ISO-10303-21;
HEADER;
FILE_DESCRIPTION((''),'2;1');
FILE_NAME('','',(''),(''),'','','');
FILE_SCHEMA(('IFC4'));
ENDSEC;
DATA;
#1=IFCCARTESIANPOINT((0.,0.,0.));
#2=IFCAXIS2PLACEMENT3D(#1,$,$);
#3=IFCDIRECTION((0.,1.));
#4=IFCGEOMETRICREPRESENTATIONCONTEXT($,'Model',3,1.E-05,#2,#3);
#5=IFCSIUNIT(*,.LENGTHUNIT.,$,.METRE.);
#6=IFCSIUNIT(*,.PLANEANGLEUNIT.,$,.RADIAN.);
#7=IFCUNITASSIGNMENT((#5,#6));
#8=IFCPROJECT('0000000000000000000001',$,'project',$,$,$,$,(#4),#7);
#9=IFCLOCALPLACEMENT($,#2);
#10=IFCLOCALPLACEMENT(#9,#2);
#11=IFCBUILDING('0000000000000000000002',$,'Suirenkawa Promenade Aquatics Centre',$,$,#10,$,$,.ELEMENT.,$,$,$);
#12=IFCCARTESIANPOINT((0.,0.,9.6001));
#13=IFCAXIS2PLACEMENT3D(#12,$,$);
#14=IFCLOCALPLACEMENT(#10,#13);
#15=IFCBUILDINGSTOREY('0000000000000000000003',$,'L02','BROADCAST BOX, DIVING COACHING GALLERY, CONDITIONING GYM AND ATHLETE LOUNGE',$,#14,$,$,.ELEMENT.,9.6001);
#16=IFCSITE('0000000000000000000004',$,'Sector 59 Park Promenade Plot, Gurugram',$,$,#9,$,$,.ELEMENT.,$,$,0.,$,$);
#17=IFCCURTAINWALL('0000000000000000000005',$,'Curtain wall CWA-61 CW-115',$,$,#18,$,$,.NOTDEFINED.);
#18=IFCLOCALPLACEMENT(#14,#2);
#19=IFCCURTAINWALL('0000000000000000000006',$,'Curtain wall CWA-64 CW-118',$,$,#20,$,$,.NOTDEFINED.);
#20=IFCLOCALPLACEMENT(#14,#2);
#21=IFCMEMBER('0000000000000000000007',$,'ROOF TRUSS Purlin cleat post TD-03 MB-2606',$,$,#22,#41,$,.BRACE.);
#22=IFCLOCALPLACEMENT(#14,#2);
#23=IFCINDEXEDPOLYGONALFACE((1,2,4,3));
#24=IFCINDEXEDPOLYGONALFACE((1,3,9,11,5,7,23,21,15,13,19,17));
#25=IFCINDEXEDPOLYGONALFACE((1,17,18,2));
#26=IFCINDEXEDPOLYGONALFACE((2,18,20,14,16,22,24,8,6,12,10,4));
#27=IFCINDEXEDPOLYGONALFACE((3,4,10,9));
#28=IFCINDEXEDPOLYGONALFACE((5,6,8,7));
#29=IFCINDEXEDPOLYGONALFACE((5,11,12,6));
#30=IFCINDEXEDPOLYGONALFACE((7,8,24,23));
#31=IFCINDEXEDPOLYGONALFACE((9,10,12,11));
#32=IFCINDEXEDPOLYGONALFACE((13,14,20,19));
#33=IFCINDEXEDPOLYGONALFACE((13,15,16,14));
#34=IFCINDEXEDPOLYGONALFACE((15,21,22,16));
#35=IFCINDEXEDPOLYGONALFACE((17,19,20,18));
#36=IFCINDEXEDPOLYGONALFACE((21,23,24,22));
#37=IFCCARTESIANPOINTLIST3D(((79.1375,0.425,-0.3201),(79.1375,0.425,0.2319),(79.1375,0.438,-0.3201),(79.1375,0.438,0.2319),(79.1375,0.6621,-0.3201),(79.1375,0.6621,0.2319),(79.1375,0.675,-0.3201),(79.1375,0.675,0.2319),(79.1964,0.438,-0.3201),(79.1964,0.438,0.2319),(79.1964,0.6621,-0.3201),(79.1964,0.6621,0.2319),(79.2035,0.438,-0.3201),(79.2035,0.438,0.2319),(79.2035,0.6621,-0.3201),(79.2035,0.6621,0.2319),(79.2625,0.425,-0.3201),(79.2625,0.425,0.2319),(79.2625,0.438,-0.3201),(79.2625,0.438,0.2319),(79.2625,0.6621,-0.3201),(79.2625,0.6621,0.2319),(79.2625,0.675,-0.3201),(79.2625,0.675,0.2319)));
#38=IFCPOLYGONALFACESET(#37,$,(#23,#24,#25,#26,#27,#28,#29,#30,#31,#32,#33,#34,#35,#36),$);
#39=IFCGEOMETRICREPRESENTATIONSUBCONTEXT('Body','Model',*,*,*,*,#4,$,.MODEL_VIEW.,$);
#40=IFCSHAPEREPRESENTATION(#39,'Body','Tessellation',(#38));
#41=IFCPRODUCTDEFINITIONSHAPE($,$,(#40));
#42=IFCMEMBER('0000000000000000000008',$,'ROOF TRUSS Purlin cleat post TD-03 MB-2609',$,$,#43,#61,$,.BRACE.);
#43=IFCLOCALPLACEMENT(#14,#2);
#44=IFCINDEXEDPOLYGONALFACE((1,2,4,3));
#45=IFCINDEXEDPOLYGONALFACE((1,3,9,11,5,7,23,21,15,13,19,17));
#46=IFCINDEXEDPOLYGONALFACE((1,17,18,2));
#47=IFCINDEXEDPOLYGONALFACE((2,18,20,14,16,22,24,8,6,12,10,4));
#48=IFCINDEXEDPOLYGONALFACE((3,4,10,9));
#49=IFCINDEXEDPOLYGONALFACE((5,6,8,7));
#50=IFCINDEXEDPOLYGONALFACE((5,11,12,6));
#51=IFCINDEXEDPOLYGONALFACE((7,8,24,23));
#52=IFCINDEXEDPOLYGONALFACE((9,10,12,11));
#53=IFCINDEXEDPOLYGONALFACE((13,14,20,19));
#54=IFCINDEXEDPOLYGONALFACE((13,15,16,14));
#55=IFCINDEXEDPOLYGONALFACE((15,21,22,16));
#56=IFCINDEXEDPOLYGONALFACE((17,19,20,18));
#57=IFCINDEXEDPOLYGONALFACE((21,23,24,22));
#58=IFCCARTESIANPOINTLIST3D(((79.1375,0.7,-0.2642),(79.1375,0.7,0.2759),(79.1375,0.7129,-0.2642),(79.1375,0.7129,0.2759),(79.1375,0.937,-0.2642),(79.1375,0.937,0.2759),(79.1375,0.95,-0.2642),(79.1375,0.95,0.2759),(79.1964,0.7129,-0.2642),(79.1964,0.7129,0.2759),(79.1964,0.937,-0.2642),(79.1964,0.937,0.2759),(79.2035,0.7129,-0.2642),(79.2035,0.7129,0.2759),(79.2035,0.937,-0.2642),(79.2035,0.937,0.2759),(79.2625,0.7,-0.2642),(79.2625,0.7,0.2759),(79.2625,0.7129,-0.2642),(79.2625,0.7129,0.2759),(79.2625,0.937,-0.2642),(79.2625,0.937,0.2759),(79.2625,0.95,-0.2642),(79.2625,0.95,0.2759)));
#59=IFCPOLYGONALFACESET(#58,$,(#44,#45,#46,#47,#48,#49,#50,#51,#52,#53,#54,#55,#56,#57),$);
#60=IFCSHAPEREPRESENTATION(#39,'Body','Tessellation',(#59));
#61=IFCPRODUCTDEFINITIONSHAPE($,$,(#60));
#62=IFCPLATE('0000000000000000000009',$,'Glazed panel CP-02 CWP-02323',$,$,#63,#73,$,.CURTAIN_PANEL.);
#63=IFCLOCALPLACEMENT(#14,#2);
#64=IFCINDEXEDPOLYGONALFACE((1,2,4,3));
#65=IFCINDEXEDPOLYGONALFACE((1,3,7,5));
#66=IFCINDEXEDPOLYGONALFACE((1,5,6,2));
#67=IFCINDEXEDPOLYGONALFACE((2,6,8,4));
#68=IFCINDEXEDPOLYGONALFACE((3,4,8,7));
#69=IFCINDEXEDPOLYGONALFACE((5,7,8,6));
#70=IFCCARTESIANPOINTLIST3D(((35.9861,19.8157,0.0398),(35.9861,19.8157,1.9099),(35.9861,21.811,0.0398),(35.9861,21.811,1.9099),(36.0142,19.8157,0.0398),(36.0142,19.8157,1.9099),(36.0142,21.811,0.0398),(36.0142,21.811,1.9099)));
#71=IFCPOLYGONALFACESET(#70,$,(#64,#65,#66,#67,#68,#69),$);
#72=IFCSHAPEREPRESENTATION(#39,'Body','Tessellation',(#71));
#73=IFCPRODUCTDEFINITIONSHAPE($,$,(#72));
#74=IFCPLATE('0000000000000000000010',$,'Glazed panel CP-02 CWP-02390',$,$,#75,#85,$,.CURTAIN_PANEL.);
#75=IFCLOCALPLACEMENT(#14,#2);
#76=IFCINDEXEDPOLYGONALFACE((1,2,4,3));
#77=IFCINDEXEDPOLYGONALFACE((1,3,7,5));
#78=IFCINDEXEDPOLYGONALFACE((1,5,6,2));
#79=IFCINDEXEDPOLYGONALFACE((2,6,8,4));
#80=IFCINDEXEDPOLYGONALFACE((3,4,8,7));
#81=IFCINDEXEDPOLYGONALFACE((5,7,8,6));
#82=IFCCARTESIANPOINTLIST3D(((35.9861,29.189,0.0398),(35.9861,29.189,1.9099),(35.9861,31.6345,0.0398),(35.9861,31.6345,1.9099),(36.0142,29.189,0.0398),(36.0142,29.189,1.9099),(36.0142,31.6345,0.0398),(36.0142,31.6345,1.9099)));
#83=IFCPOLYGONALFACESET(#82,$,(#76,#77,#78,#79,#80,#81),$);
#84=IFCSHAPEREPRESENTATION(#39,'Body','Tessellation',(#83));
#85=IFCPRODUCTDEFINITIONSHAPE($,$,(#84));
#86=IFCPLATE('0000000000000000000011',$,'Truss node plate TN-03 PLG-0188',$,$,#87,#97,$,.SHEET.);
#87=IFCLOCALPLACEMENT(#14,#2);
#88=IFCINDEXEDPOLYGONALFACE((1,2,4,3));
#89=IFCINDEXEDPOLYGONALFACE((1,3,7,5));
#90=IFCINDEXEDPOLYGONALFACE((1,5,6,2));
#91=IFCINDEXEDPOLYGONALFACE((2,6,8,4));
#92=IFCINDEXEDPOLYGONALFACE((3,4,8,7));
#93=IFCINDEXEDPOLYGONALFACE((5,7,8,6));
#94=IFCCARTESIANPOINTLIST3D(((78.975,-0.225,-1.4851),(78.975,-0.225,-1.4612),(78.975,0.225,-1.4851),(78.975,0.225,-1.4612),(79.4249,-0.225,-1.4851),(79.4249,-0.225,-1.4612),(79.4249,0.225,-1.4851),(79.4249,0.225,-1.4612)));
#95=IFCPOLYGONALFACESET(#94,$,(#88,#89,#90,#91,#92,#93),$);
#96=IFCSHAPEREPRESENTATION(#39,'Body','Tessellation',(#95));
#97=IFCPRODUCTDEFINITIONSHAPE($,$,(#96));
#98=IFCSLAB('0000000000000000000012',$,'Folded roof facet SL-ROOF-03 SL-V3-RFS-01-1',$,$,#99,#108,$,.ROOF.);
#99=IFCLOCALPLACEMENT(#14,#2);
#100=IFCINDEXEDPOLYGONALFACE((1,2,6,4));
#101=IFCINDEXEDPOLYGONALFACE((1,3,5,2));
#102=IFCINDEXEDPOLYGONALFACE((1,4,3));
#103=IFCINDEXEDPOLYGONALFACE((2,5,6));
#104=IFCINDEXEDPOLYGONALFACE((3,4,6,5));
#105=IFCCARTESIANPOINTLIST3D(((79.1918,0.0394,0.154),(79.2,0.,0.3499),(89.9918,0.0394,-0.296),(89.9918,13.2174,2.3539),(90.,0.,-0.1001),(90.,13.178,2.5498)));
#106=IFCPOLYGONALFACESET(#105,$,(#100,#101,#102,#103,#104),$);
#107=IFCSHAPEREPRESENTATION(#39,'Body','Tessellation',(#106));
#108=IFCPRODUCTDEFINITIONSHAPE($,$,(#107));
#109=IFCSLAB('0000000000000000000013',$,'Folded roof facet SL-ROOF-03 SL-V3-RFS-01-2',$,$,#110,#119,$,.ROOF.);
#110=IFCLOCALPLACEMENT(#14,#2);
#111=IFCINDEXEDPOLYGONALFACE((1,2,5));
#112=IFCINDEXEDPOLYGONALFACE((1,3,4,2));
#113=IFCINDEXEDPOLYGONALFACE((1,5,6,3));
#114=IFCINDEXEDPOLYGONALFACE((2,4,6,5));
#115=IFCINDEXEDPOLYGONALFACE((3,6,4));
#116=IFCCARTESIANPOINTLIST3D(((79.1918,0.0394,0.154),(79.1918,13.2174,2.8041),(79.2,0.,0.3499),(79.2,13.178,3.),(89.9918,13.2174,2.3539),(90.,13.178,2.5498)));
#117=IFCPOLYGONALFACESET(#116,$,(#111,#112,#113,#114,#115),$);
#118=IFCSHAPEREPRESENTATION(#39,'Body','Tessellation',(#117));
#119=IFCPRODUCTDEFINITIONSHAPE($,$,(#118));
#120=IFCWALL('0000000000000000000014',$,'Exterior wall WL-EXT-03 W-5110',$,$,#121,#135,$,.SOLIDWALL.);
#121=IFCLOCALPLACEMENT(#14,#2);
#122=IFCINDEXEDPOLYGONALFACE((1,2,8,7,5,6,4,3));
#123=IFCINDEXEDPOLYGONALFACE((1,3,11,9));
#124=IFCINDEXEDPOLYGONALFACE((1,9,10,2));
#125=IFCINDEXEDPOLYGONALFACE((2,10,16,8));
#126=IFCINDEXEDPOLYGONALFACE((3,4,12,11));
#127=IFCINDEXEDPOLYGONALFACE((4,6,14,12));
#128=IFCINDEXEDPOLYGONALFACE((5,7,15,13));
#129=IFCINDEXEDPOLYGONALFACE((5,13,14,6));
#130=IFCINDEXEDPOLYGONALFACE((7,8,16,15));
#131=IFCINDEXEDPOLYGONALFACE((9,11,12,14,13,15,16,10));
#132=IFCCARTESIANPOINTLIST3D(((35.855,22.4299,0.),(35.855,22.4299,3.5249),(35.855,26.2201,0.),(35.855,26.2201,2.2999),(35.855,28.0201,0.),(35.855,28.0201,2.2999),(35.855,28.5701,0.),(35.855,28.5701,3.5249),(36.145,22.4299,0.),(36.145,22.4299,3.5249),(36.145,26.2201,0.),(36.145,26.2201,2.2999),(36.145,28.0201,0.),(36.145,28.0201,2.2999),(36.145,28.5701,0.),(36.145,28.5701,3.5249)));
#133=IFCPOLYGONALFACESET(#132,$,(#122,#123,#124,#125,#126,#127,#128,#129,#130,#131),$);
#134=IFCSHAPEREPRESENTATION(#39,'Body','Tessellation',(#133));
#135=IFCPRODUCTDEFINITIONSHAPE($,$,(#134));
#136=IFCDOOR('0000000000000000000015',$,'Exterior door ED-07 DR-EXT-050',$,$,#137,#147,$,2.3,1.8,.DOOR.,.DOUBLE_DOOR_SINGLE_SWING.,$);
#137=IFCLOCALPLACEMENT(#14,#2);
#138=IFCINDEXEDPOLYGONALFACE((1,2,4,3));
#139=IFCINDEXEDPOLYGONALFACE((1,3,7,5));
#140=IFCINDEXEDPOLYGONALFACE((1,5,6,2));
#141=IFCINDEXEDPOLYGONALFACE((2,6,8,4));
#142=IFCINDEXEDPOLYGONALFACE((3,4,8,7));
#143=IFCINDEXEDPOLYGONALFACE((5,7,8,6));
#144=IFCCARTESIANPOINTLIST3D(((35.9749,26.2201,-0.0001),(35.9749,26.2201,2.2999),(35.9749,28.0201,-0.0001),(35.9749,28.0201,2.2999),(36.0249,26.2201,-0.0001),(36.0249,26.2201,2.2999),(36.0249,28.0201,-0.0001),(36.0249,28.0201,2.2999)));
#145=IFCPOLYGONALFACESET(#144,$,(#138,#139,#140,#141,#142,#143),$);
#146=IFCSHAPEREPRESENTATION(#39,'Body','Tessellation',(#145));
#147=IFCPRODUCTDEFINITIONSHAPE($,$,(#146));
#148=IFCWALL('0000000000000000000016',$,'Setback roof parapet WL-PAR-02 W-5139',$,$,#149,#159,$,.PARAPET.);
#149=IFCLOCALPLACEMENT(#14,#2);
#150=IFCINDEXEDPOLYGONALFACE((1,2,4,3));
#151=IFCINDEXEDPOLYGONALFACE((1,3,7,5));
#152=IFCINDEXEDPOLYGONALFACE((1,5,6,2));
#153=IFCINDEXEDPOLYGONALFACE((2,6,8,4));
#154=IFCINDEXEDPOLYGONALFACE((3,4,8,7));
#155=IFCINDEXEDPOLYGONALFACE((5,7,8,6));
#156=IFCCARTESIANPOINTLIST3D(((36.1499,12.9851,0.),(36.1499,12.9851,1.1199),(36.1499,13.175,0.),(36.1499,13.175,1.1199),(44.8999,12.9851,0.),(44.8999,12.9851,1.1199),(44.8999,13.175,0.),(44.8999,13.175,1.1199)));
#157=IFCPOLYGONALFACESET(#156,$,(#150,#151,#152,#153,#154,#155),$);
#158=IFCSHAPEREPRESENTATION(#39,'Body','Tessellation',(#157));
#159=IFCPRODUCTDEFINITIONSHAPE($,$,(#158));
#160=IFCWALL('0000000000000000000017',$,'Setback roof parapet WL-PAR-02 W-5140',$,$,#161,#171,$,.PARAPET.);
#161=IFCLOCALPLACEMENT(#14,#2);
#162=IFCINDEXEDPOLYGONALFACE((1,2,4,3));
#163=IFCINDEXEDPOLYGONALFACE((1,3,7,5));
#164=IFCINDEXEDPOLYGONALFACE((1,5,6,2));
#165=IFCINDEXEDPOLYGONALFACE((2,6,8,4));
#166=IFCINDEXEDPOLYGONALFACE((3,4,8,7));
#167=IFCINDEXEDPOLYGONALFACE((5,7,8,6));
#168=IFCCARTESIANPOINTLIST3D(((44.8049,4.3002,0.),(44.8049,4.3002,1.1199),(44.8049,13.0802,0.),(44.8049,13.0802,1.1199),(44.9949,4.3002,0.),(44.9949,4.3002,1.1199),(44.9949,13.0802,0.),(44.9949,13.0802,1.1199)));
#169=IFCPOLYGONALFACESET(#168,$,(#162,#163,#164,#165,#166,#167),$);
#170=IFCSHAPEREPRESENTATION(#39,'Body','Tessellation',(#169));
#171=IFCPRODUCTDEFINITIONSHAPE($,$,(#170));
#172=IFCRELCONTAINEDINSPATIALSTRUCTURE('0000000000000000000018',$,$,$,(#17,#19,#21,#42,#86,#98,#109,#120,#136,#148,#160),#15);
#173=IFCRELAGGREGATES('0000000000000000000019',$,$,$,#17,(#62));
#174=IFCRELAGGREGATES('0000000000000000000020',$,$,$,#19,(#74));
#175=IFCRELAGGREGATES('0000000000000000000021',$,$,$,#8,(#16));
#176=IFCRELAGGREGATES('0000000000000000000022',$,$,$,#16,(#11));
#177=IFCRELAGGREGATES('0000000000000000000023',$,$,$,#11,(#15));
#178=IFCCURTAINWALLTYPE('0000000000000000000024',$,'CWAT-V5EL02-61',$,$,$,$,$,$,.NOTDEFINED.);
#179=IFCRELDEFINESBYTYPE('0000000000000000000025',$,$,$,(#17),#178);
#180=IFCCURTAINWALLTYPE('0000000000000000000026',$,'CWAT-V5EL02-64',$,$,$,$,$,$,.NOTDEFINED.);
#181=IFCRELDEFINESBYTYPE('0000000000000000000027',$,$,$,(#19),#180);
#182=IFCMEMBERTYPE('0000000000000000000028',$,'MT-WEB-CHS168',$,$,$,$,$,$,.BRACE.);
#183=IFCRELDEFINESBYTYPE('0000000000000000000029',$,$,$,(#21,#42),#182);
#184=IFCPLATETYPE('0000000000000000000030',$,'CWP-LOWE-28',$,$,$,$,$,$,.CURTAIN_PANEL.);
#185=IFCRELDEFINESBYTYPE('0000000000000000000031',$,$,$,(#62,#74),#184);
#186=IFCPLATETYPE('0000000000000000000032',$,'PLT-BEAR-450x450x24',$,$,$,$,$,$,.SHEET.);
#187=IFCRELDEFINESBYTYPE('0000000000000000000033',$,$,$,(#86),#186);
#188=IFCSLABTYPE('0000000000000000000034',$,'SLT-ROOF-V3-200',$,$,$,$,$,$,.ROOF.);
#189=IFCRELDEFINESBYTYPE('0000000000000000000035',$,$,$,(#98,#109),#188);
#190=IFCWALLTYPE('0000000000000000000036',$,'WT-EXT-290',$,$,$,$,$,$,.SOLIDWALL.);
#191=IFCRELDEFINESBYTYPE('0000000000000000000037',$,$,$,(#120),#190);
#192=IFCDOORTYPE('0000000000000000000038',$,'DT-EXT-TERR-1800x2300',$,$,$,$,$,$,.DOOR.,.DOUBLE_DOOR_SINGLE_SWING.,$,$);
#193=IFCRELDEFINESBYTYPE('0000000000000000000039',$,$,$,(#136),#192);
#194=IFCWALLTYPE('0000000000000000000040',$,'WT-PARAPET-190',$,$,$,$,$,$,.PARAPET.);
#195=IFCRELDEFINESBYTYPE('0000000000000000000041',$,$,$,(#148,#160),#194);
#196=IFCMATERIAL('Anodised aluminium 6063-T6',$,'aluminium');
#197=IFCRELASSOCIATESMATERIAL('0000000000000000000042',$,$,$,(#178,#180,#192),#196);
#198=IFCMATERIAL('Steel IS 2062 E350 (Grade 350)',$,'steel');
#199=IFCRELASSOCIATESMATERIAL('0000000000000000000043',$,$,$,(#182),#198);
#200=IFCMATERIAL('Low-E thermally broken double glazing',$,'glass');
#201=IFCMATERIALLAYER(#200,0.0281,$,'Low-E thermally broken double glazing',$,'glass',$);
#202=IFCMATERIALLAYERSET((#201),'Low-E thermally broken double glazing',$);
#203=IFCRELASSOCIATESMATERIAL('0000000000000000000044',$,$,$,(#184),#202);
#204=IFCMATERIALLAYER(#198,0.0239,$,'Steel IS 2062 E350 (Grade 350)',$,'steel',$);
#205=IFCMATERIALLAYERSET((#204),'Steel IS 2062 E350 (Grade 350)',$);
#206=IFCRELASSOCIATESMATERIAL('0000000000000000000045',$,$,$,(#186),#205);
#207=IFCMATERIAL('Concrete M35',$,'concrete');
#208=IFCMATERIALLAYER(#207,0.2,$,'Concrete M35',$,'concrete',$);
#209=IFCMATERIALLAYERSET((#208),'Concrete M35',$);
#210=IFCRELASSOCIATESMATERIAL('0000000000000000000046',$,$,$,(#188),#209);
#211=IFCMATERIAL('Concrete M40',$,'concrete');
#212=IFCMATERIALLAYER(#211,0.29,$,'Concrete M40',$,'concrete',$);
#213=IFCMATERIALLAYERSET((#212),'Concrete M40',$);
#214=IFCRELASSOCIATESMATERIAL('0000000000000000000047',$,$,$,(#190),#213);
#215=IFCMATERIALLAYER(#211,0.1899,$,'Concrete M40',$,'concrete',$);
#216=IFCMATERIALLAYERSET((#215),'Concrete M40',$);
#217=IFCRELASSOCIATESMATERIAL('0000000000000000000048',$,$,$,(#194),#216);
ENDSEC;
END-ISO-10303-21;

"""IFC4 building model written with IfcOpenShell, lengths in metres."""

from ifc_helpers import new_model, si_unit, direction, frame, frame_2d, origin, origin_2d, place, context, subcontext, project, spatial, polyline, rectangle, i_section, outline, extrude, material, layer, layer_set, material_profile, profile_set, type_object, element, fill, aggregate, save


model = new_model("IFC4")

# Units and contexts
model_context = context("Model", 3, precision=1e-05, world=origin(), true_north=direction((0.0, 1.0)))
body_context = subcontext(model_context, "Body", "Model", "MODEL_VIEW")
ifc_project = project(units=[si_unit("LENGTHUNIT", "METRE"), si_unit("PLANEANGLEUNIT", "RADIAN")], contexts=[model_context])

# Site, building, storey
site_placement = place(None, origin())
site = spatial("IfcSite", under=ifc_project, at=site_placement, Name="Sector 59 Park Promenade Plot, Gurugram", CompositionType="ELEMENT", RefElevation=0.0)
building_placement = place(site_placement, origin())
building = spatial("IfcBuilding", under=site, at=building_placement, Name="Suirenkawa Promenade Aquatics Centre", CompositionType="ELEMENT")
storey_placement = place(building_placement, frame((0.0, 0.0, 9.6001)))
storey = spatial("IfcBuildingStorey", under=building, at=storey_placement, Name="L02", Description="BROADCAST BOX, DIVING COACHING GALLERY, CONDITIONING GYM AND ATHLETE LOUNGE", CompositionType="ELEMENT", Elevation=9.6001)

# Shared definitions
ifc_material_1 = material(Name="Concrete M40", Category="concrete")

# Shared definitions
ifc_material_2 = material(Name="Steel IS 2062 E350 (Grade 350)", Category="steel")

# Curtain wall
ifc_material_3 = material(Name="Anodised aluminium 6063-T6", Category="aluminium")
curtain_wall_type_1 = type_object("IfcCurtainWallType", Name="CWAT-V5EL02-61", PredefinedType="NOTDEFINED", material=ifc_material_3)
curtain_wall_1_placement = place(storey_placement, origin())
curtain_wall_1 = element("IfcCurtainWall", 1, at=curtain_wall_1_placement, inside=storey, type_object=curtain_wall_type_1, Name="Curtain wall CWA-61 CW-115", PredefinedType="NOTDEFINED")

# Curtain wall
curtain_wall_type_2 = type_object("IfcCurtainWallType", Name="CWAT-V5EL02-64", PredefinedType="NOTDEFINED", material=ifc_material_3)
curtain_wall_2_placement = place(storey_placement, origin())
curtain_wall_2 = element("IfcCurtainWall", 2, at=curtain_wall_2_placement, inside=storey, type_object=curtain_wall_type_2, Name="Curtain wall CWA-64 CW-118", PredefinedType="NOTDEFINED")

# Members
ifc_material_profile_1 = material_profile(ifc_material_2, i_section(OverallWidth=0.125, OverallDepth=0.25, WebThickness=0.0071, FlangeThickness=0.0129, at=origin_2d()), Name="ISMB 250", Category="steel")
ifc_profile_set_1 = profile_set([ifc_material_profile_1], Name="Steel IS 2062 E350 (Grade 350)")
member_type_1 = type_object("IfcMemberType", Name="MT-WEB-CHS168", PredefinedType="BRACE", material=ifc_profile_set_1)
member_1_placement = place(storey_placement, frame((79.2, 0.55, -0.3201), z_axis=(0.0, 0.0, 1.0), x_axis=(1.0, 0.0, 0.0)))
element("IfcMember", 3, at=member_1_placement, inside=storey, type_object=member_type_1, Name="ROOF TRUSS Purlin cleat post TD-03 MB-2606", PredefinedType="BRACE", context=body_context, shape_type="SweptSolid", body=[
    extrude(i_section(OverallWidth=0.125, OverallDepth=0.25, WebThickness=0.0071, FlangeThickness=0.0129, at=origin_2d()), origin(), (0.0, 0.0, 1.0), 0.552),
])
member_2_placement = place(storey_placement, frame((79.2, 0.825, -0.2642), z_axis=(0.0, 0.0, 1.0), x_axis=(1.0, 0.0, 0.0)))
element("IfcMember", 4, at=member_2_placement, inside=storey, type_object=member_type_1, Name="ROOF TRUSS Purlin cleat post TD-03 MB-2609", PredefinedType="BRACE", context=body_context, shape_type="SweptSolid", body=[
    extrude(i_section(OverallWidth=0.125, OverallDepth=0.25, WebThickness=0.0071, FlangeThickness=0.0129, at=origin_2d()), origin(), (0.0, 0.0, 1.0), 0.54),
])

# Plates
ifc_material_4 = material(Name="Low-E thermally broken double glazing", Category="glass")
ifc_layer_1 = layer(ifc_material_4, 0.0281, Name="Low-E thermally broken double glazing", Category="glass")
ifc_layer_set_1 = layer_set([ifc_layer_1], Name="Low-E thermally broken double glazing")
plate_type_1 = type_object("IfcPlateType", Name="CWP-LOWE-28", PredefinedType="CURTAIN_PANEL", material=ifc_layer_set_1)
plate_1_placement = place(storey_placement, frame((36.0, 21.8511, 0.0398), z_axis=(0.0, 0.0, 1.0), x_axis=(0.0, -1.0, 0.0)))
plate_1 = element("IfcPlate", 5, at=plate_1_placement, type_object=plate_type_1, Name="Glazed panel CP-02 CWP-02323", PredefinedType="CURTAIN_PANEL", context=body_context, shape_type="SweptSolid", body=[
    extrude(outline(polyline([(0.04, 0.0), (2.0354, 0.0), (2.0354, 1.8701), (0.04, 1.8701), (0.04, 0.0)])), frame((0.0, 0.0142, 0.0), z_axis=(0.0, -1.0, 0.0), x_axis=(1.0, 0.0, 0.0)), (0.0, 0.0, 1.0), 0.0281),
])
aggregate(curtain_wall_1, [plate_1])
plate_2_placement = place(storey_placement, frame((36.0, 31.6746, 0.0398), z_axis=(0.0, 0.0, 1.0), x_axis=(0.0, -1.0, 0.0)))
plate_2 = element("IfcPlate", 6, at=plate_2_placement, type_object=plate_type_1, Name="Glazed panel CP-02 CWP-02390", PredefinedType="CURTAIN_PANEL", context=body_context, shape_type="SweptSolid", body=[
    extrude(outline(polyline([(0.04, 0.0), (2.4856, 0.0), (2.4856, 1.8701), (0.04, 1.8701), (0.04, 0.0)])), frame((0.0, 0.0142, 0.0), z_axis=(0.0, -1.0, 0.0), x_axis=(1.0, 0.0, 0.0)), (0.0, 0.0, 1.0), 0.0281),
])
aggregate(curtain_wall_2, [plate_2])
ifc_layer_2 = layer(ifc_material_2, 0.0239, Name="Steel IS 2062 E350 (Grade 350)", Category="steel")
ifc_layer_set_2 = layer_set([ifc_layer_2], Name="Steel IS 2062 E350 (Grade 350)")
plate_type_2 = type_object("IfcPlateType", Name="PLT-BEAR-450x450x24", PredefinedType="SHEET", material=ifc_layer_set_2)
plate_3_placement = place(storey_placement, frame((79.2, 0.0, -1.4851), z_axis=(0.0, 0.0, 1.0), x_axis=(1.0, 0.0, 0.0)))
element("IfcPlate", 7, at=plate_3_placement, inside=storey, type_object=plate_type_2, Name="Truss node plate TN-03 PLG-0188", PredefinedType="SHEET", context=body_context, shape_type="SweptSolid", body=[
    extrude(rectangle(XDim=0.45, YDim=0.45, at=origin_2d()), origin(), (0.0, 0.0, 1.0), 0.0239),
])

# Slabs
ifc_material_5 = material(Name="Concrete M35", Category="concrete")
ifc_layer_3 = layer(ifc_material_5, 0.2, Name="Concrete M35", Category="concrete")
ifc_layer_set_3 = layer_set([ifc_layer_3], Name="Concrete M35")
slab_type = type_object("IfcSlabType", Name="SLT-ROOF-V3-200", PredefinedType="ROOF", material=ifc_layer_set_3)
slab_1_placement = place(storey_placement, frame((79.2, 0.0, 0.3499), z_axis=(0.04081, -0.196975, 0.979559), x_axis=(0.999133, 0.0, -0.041626)))
element("IfcSlab", 8, at=slab_1_placement, inside=storey, type_object=slab_type, Name="Folded roof facet SL-ROOF-03 SL-V3-RFS-01-1", PredefinedType="ROOF", context=body_context, shape_type="SweptSolid", body=[
    extrude(outline(polyline([(0.0, 0.0), (10.8094, 0.0), (10.6991, 13.4413), (0.0, 0.0)])), origin(), (0.0, 0.0, -1.0), 0.2),
])
slab_2_placement = place(storey_placement, frame((79.2, 0.0, 0.3499), z_axis=(0.040832, -0.196992, 0.979554), x_axis=(0.628654, 0.76707, 0.128056)))
element("IfcSlab", 9, at=slab_2_placement, inside=storey, type_object=slab_type, Name="Folded roof facet SL-ROOF-03 SL-V3-RFS-01-2", PredefinedType="ROOF", context=body_context, shape_type="SweptSolid", body=[
    extrude(outline(polyline([(0.0, 0.0), (17.1796, 0.0), (10.4478, 8.4573), (0.0, 0.0)])), origin(), (0.0, 0.0, -1.0), 0.2),
])

# Wall, opening, door
ifc_layer_4 = layer(ifc_material_1, 0.29, Name="Concrete M40", Category="concrete")
ifc_layer_set_4 = layer_set([ifc_layer_4], Name="Concrete M40")
wall_type_1 = type_object("IfcWallType", Name="WT-EXT-290", PredefinedType="SOLIDWALL", material=ifc_layer_set_4)
wall_1_placement = place(storey_placement, frame((36.0, 28.5701, 0.0), z_axis=(0.0, 0.0, 1.0), x_axis=(0.0, -1.0, 0.0)))
wall_1 = element("IfcWall", 10, at=wall_1_placement, inside=storey, type_object=wall_type_1, Name="Exterior wall WL-EXT-03 W-5110", PredefinedType="SOLIDWALL", context=body_context, shape_type="SweptSolid", body=[
    extrude(rectangle(XDim=6.1401, YDim=0.29, at=frame_2d((3.0701, 0.0))), origin(), (0.0, 0.0, 1.0), 3.5249),
])
opening_placement = place(wall_1_placement, frame((0.55, 0.0, 0.0)))
opening = element("IfcOpeningElement", 11, at=opening_placement, cuts=wall_1, PredefinedType="OPENING", context=body_context, shape_type="SweptSolid", body=[
    extrude(rectangle(XDim=1.8, YDim=2.3, at=frame_2d((0.8999, 1.1499))), frame((0.0, 0.155, 0.0), z_axis=(0.0, -1.0, 0.0), x_axis=(1.0, 0.0, 0.0)), (0.0, 0.0, 1.0), 0.3101),
])
door_type = type_object("IfcDoorType", Name="DT-EXT-TERR-1800x2300", OperationType="DOUBLE_DOOR_SINGLE_SWING", PredefinedType="DOOR", material=ifc_material_3)
door_placement = place(opening_placement, origin())
door = element("IfcDoor", 12, at=door_placement, inside=storey, type_object=door_type, Name="Exterior door ED-07 DR-EXT-050", OperationType="DOUBLE_DOOR_SINGLE_SWING", OverallHeight=2.3, OverallWidth=1.8, PredefinedType="DOOR", context=body_context, shape_type="SweptSolid", body=[
    extrude(rectangle(XDim=1.8, YDim=2.3, at=frame_2d((0.8999, 1.1499))), frame((0.0, 0.0249, 0.0), z_axis=(0.0, -1.0, 0.0), x_axis=(1.0, 0.0, 0.0)), (0.0, 0.0, 1.0), 0.05),
])
fill(opening, door)

# Walls
ifc_layer_5 = layer(ifc_material_1, 0.1899, Name="Concrete M40", Category="concrete")
ifc_layer_set_5 = layer_set([ifc_layer_5], Name="Concrete M40")
wall_type_2 = type_object("IfcWallType", Name="WT-PARAPET-190", PredefinedType="PARAPET", material=ifc_layer_set_5)
wall_2_placement = place(storey_placement, frame((36.1499, 13.0801, 0.0), z_axis=(0.0, 0.0, 1.0), x_axis=(1.0, 0.0, 0.0)))
element("IfcWall", 13, at=wall_2_placement, inside=storey, type_object=wall_type_2, Name="Setback roof parapet WL-PAR-02 W-5139", PredefinedType="PARAPET", context=body_context, shape_type="SweptSolid", body=[
    extrude(rectangle(XDim=8.75, YDim=0.1899, at=frame_2d((4.375, 0.0))), origin(), (0.0, 0.0, 1.0), 1.1199),
])
wall_3_placement = place(storey_placement, frame((44.8999, 4.3, 0.0), z_axis=(0.0, 0.0, 1.0), x_axis=(0.0, 1.0, 0.0)))
element("IfcWall", 14, at=wall_3_placement, inside=storey, type_object=wall_type_2, Name="Setback roof parapet WL-PAR-02 W-5140", PredefinedType="PARAPET", context=body_context, shape_type="SweptSolid", body=[
    extrude(rectangle(XDim=8.78, YDim=0.1899, at=frame_2d((4.3901, 0.0))), origin(), (0.0, 0.0, 1.0), 1.1199),
])

save(model, "model.ifc")
